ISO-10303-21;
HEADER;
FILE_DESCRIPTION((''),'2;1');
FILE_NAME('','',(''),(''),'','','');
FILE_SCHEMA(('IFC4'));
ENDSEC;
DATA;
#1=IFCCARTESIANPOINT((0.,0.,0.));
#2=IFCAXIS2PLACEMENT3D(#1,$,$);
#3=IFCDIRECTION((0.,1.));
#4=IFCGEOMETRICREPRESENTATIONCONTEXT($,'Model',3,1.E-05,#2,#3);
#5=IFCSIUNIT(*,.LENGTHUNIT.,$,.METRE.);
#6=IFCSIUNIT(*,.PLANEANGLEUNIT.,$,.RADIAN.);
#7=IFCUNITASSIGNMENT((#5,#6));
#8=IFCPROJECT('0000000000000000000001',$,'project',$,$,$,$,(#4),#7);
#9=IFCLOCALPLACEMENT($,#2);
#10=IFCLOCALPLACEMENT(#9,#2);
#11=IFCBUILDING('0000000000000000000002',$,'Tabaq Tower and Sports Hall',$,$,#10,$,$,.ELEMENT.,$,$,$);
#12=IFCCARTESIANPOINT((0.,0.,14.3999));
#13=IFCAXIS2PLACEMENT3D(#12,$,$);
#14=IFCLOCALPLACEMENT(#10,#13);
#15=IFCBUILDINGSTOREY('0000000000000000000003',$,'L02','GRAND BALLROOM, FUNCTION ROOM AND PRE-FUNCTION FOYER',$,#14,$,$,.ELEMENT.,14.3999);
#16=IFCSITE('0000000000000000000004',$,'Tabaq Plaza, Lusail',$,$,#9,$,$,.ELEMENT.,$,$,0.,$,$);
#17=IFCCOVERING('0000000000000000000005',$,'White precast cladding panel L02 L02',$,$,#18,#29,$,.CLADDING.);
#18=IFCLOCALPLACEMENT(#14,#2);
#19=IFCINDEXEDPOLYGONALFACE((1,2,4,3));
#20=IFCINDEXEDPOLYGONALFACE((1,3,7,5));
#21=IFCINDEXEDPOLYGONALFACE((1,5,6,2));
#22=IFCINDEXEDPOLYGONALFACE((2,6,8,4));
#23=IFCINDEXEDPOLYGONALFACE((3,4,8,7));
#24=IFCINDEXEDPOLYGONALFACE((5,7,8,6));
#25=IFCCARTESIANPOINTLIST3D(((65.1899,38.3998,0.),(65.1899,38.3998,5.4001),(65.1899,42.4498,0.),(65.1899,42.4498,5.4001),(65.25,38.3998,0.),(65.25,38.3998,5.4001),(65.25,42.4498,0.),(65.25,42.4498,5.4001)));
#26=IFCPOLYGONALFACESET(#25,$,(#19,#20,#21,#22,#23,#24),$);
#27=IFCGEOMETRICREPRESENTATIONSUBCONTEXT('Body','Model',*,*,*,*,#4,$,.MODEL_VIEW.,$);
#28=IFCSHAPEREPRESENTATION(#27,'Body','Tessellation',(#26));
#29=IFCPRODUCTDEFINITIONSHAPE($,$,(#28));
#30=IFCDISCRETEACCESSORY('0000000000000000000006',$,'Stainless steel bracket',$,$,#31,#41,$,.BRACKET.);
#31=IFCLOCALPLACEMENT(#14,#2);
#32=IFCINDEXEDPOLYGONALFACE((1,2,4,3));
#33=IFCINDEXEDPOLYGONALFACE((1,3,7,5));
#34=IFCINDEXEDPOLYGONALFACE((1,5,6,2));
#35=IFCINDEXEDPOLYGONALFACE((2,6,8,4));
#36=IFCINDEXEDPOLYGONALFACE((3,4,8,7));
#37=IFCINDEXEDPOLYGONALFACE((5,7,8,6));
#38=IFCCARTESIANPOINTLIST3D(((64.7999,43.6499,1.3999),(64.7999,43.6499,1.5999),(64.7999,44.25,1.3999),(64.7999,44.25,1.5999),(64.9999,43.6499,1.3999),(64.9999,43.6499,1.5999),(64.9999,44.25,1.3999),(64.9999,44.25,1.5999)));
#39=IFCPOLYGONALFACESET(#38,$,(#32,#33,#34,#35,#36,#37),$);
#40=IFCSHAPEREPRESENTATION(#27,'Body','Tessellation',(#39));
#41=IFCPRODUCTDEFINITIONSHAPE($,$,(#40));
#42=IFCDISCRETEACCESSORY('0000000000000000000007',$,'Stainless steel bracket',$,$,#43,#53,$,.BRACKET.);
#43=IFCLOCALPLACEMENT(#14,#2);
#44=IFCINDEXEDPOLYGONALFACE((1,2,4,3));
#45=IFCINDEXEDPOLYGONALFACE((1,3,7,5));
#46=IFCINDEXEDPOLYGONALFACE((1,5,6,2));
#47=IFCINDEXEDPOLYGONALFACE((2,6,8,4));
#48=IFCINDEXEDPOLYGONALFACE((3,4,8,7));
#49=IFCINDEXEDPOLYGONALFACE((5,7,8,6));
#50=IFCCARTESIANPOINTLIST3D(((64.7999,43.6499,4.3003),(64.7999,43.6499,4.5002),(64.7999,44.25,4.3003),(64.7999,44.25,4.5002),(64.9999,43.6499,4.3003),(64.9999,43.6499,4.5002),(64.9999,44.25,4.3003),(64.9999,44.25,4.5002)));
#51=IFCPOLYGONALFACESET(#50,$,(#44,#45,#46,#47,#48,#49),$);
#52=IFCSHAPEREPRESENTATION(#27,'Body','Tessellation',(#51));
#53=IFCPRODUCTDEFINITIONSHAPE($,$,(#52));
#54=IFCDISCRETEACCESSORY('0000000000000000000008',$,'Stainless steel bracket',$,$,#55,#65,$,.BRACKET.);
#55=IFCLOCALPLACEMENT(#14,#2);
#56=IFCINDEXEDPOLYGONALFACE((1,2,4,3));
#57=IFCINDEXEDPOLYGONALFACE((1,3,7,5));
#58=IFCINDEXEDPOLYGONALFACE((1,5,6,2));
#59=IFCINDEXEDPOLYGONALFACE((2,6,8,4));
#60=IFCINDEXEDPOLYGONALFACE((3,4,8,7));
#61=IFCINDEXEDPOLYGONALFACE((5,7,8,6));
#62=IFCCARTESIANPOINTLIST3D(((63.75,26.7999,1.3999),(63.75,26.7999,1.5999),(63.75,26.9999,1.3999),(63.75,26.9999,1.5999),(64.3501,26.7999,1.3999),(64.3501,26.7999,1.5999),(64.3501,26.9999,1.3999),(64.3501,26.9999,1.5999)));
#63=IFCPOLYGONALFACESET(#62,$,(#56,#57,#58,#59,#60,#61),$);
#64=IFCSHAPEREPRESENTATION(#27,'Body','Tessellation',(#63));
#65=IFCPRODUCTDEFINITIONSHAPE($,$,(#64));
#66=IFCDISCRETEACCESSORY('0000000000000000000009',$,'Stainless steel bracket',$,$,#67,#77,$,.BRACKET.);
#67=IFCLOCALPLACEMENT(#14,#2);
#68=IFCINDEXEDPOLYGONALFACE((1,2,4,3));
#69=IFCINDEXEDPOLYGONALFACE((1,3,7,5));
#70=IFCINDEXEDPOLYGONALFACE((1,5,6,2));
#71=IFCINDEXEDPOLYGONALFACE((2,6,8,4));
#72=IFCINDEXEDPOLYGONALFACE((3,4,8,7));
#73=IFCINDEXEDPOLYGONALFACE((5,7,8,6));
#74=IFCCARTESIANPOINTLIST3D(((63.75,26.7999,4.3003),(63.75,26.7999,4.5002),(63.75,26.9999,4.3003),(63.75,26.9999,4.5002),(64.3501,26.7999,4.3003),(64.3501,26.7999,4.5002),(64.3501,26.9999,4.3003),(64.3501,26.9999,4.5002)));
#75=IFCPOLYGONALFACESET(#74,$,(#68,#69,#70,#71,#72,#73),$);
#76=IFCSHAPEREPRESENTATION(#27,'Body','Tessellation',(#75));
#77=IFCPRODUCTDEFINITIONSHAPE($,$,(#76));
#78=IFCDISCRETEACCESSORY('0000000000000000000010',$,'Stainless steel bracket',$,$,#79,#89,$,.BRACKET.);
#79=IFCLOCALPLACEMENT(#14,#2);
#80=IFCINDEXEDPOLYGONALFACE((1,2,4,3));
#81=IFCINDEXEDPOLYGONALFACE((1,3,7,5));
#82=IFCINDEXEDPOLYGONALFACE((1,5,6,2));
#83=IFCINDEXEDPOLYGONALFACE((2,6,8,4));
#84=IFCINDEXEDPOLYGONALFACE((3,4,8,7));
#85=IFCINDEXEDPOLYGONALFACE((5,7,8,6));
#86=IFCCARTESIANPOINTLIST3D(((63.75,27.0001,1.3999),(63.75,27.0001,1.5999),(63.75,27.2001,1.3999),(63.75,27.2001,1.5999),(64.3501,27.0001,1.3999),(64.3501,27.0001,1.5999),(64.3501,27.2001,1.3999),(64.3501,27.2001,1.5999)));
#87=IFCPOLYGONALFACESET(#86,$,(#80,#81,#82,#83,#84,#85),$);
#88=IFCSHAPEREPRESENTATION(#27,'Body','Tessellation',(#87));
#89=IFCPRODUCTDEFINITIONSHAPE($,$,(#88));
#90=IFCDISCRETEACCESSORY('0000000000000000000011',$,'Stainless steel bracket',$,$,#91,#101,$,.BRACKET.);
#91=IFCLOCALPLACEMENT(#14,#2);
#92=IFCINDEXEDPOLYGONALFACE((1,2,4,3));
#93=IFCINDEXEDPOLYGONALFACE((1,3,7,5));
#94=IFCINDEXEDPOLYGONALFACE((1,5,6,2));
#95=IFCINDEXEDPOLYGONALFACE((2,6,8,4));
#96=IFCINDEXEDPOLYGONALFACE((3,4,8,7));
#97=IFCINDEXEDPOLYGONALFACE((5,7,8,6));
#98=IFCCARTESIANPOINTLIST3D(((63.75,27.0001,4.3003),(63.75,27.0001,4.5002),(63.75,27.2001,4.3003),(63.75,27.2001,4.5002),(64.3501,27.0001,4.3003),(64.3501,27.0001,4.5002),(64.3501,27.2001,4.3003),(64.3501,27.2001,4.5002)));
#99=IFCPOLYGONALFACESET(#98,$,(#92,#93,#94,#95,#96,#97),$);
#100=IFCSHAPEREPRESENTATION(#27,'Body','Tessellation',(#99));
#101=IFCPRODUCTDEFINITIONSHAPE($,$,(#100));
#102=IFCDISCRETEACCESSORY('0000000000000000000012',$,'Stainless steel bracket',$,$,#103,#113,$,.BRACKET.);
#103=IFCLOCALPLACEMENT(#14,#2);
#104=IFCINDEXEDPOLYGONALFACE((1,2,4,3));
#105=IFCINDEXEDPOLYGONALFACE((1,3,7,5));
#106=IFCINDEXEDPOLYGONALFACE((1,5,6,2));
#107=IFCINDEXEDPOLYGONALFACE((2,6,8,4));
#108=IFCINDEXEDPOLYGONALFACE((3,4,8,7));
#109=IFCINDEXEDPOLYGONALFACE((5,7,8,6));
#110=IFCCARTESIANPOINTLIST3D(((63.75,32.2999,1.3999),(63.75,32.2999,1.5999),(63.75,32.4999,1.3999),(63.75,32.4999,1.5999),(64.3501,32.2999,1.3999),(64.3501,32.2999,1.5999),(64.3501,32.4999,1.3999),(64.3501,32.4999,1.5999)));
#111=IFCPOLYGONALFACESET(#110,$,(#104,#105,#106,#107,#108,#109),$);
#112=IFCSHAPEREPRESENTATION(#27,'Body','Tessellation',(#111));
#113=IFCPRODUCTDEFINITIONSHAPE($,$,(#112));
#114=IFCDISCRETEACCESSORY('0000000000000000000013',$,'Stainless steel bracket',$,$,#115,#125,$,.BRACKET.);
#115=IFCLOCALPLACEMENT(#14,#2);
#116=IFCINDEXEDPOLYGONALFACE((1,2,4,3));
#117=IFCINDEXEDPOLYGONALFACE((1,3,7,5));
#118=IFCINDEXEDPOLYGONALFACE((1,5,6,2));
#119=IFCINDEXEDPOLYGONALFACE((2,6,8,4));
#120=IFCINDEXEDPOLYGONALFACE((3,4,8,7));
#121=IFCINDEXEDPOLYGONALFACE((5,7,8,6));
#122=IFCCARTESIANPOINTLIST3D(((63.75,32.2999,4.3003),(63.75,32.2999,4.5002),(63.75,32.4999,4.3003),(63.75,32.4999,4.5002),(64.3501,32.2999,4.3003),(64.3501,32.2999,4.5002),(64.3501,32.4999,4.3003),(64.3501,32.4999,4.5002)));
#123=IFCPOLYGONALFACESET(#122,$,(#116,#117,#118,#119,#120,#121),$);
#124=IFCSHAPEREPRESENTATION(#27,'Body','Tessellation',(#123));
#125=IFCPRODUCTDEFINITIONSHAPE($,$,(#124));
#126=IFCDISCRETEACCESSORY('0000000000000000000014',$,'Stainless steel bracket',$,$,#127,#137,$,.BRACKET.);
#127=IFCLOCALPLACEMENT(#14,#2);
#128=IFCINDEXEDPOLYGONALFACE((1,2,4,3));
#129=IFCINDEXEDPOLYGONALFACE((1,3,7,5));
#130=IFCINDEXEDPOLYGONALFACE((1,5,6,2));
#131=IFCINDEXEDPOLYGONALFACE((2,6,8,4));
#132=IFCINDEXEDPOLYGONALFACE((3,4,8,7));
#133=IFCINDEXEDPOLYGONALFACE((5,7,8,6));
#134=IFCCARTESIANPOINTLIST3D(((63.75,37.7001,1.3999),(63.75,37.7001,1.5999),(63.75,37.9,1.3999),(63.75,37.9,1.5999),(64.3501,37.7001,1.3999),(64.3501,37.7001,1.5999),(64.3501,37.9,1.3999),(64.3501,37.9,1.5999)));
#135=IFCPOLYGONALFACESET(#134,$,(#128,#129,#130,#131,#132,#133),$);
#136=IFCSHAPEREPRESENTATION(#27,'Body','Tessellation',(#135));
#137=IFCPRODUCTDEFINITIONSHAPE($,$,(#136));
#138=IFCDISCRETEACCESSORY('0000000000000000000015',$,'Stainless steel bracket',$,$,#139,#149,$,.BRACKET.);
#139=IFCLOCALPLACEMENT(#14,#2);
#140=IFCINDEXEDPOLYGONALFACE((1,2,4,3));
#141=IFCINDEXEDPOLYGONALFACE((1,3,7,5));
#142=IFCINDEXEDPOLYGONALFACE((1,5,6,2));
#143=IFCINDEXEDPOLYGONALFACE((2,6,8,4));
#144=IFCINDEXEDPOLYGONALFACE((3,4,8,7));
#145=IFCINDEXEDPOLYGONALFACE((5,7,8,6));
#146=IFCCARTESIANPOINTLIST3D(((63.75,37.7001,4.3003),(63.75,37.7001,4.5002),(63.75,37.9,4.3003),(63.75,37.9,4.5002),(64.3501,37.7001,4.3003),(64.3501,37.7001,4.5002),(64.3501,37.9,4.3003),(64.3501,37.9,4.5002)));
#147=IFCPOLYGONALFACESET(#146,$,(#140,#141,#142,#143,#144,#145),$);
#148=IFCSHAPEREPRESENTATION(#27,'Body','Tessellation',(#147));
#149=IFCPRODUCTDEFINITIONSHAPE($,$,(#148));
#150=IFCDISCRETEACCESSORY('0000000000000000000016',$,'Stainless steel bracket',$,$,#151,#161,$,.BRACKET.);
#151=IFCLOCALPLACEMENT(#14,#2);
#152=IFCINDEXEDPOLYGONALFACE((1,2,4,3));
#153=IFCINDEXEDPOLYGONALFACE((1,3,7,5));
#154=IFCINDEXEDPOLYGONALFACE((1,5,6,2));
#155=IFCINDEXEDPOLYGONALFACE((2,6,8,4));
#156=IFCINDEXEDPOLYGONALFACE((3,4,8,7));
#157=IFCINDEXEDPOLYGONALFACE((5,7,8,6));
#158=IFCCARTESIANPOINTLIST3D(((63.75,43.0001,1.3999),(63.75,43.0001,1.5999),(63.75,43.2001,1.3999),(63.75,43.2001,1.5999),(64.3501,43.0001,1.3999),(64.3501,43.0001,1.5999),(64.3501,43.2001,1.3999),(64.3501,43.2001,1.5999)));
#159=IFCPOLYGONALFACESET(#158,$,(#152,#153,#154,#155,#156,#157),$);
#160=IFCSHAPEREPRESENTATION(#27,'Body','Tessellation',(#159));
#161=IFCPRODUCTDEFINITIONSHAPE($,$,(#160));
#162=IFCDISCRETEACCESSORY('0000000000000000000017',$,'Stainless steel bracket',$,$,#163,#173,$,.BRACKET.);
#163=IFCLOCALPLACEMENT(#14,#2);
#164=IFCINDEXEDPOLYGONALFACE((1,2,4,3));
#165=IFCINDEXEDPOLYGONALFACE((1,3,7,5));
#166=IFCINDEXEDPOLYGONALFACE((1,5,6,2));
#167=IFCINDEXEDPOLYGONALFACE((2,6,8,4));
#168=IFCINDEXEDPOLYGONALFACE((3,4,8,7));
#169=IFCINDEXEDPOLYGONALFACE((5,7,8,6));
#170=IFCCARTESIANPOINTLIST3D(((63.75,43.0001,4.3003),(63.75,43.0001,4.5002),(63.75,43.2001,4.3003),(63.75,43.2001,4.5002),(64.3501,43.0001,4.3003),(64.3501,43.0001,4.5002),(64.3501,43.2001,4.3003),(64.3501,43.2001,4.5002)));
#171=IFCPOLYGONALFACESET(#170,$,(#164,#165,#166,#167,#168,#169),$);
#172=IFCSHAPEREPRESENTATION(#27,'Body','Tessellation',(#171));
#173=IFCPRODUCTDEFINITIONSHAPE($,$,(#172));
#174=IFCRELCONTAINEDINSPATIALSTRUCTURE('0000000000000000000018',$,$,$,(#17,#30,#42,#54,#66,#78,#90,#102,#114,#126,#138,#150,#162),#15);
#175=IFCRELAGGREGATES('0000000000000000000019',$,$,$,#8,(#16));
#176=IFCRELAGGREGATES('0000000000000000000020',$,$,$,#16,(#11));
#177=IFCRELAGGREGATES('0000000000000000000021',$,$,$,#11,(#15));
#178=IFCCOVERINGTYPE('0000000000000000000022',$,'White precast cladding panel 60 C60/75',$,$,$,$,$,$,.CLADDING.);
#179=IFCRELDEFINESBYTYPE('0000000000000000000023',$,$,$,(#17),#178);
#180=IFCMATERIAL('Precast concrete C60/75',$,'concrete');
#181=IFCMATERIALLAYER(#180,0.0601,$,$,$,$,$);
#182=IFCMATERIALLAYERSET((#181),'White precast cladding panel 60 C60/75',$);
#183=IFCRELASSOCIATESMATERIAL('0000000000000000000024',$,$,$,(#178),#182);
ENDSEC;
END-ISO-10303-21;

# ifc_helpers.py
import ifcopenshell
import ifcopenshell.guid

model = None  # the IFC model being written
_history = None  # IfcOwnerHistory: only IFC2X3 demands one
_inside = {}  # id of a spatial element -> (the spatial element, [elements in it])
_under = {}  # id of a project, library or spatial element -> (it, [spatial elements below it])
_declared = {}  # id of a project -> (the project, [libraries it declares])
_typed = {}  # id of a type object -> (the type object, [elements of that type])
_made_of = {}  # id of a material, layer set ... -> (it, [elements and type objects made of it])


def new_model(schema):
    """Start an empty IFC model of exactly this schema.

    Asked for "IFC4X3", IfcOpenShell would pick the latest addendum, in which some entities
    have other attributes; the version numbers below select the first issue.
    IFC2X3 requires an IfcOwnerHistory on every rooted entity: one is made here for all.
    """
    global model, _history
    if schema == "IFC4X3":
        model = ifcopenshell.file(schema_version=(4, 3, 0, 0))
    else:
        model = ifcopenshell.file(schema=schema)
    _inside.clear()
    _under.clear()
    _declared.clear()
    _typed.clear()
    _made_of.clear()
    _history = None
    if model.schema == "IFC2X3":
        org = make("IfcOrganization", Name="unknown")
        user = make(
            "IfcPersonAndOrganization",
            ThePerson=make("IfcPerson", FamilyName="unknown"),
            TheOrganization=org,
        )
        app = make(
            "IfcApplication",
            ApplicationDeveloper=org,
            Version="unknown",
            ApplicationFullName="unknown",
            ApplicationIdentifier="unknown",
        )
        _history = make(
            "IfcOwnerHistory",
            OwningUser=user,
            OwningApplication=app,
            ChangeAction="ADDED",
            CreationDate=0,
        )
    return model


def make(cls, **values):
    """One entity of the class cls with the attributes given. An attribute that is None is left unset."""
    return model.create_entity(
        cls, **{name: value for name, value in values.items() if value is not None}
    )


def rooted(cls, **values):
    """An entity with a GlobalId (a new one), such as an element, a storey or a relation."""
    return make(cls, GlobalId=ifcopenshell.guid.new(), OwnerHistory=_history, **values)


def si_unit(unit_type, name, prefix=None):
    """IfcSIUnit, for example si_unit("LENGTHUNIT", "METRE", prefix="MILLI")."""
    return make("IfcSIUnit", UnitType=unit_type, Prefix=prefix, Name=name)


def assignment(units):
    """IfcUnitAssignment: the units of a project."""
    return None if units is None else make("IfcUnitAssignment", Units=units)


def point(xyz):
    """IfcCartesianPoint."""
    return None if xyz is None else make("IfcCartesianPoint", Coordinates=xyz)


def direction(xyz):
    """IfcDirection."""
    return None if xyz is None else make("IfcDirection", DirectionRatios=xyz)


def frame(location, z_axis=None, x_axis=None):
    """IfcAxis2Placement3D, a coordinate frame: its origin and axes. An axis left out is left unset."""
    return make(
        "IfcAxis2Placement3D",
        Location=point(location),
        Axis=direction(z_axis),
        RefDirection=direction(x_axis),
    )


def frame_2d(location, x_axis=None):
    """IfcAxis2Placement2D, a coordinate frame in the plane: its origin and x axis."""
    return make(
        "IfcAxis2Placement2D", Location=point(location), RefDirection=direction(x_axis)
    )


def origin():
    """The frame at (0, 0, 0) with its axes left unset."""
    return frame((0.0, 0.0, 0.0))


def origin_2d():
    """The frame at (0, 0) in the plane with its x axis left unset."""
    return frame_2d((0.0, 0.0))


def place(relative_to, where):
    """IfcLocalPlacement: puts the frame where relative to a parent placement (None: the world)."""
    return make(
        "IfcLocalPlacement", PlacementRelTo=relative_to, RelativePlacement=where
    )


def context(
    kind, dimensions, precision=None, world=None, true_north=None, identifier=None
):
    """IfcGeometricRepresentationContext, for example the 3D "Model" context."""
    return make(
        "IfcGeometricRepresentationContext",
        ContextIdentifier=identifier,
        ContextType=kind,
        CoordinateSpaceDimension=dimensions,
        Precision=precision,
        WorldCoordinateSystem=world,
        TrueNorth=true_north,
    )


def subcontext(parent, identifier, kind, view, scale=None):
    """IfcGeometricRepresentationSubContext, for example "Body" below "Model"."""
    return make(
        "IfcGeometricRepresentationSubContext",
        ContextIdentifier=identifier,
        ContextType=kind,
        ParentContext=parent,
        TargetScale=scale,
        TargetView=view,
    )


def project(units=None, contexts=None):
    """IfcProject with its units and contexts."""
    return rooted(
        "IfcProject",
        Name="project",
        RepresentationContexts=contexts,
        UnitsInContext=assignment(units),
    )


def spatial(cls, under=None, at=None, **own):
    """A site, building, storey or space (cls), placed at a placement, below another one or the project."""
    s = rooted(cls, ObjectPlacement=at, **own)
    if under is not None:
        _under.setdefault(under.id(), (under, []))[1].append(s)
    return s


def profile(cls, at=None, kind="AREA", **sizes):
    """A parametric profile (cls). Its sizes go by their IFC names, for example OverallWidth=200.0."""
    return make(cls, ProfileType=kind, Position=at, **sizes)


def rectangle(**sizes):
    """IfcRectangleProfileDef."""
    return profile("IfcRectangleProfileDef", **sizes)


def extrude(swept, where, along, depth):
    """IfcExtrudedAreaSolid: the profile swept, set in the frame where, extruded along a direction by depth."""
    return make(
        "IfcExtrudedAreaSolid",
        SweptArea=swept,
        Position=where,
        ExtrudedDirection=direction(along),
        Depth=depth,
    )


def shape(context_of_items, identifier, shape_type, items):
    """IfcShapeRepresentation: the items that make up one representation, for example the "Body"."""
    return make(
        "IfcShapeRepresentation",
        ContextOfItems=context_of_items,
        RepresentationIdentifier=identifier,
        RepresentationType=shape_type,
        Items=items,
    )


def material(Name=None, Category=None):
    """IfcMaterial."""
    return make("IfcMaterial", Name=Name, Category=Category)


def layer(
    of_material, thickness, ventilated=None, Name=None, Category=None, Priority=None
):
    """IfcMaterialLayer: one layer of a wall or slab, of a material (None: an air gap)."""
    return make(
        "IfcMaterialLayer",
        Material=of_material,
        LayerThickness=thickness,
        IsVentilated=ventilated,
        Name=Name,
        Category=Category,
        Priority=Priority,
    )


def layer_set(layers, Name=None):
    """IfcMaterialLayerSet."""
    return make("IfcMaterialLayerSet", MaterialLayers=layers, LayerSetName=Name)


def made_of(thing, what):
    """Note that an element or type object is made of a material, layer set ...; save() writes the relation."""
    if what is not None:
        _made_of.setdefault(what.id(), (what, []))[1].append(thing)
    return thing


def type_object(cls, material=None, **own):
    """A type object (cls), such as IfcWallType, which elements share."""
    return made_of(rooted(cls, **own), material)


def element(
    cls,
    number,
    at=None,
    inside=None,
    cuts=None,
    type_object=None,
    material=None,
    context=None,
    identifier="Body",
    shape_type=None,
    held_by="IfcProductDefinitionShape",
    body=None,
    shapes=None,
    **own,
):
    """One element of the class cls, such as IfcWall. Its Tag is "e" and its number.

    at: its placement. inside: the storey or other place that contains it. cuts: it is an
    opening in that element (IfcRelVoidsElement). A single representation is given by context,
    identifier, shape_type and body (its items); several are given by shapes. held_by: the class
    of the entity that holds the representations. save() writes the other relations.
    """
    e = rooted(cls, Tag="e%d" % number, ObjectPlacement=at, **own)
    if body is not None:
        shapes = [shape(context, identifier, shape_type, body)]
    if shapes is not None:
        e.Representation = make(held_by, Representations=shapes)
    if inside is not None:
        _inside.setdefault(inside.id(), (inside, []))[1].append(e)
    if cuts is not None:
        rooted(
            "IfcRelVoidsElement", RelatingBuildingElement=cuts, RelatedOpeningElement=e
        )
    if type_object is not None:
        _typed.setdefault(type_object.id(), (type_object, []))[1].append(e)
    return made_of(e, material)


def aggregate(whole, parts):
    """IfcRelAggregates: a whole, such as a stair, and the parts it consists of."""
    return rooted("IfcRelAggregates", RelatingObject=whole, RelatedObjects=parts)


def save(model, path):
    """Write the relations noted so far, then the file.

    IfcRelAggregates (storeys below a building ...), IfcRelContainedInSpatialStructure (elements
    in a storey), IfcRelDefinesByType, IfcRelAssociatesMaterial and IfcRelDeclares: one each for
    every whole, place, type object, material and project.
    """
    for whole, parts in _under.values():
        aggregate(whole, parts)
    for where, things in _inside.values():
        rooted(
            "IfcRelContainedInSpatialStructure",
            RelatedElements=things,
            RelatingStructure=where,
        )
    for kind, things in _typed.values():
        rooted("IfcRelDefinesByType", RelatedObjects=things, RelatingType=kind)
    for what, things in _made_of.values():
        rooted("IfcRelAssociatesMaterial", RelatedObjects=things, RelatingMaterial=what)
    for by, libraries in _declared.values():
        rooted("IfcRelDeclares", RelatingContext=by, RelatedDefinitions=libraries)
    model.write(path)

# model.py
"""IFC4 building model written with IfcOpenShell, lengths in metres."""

from ifc_helpers import new_model, si_unit, direction, frame, frame_2d, origin, origin_2d, place, context, subcontext, project, spatial, rectangle, extrude, material, layer, layer_set, type_object, element, save


model = new_model("IFC4")

# Units and contexts
model_context = context("Model", 3, precision=1e-05, world=origin(), true_north=direction((0.0, 1.0)))
body_context = subcontext(model_context, "Body", "Model", "MODEL_VIEW")
ifc_project = project(units=[si_unit("LENGTHUNIT", "METRE"), si_unit("PLANEANGLEUNIT", "RADIAN")], contexts=[model_context])

# Site, building, storey
site_placement = place(None, origin())
site = spatial("IfcSite", under=ifc_project, at=site_placement, Name="Tabaq Plaza, Lusail", CompositionType="ELEMENT", RefElevation=0.0)
building_placement = place(site_placement, origin())
building = spatial("IfcBuilding", under=site, at=building_placement, Name="Tabaq Tower and Sports Hall", CompositionType="ELEMENT")
storey_placement = place(building_placement, frame((0.0, 0.0, 14.3999)))
storey = spatial("IfcBuildingStorey", under=building, at=storey_placement, Name="L02", Description="GRAND BALLROOM, FUNCTION ROOM AND PRE-FUNCTION FOYER", CompositionType="ELEMENT", Elevation=14.3999)

# Covering
ifc_material_1 = material(Name="Precast concrete C60/75", Category="concrete")
ifc_layer_1 = layer(ifc_material_1, 0.0601)
ifc_layer_set_1 = layer_set([ifc_layer_1], Name="White precast cladding panel 60 C60/75")
covering_type = type_object("IfcCoveringType", Name="White precast cladding panel 60 C60/75", PredefinedType="CLADDING", material=ifc_layer_set_1)
covering_1_placement = place(storey_placement, frame((65.22, 38.3999, 0.0), z_axis=(0.0, 0.0, 1.0), x_axis=(0.0, 1.0, 0.0)))
element("IfcCovering", 1, at=covering_1_placement, inside=storey, type_object=covering_type, Name="White precast cladding panel L02 L02", PredefinedType="CLADDING", context=body_context, shape_type="SweptSolid", body=[
    extrude(rectangle(XDim=4.05, YDim=0.0601, at=frame_2d((2.0249, 0.0))), origin(), (0.0, 0.0, 1.0), 5.4001),
])

# Discrete accessories
for number, where, z_axis, x_axis, name in (
    (2, (64.8999, 43.95, 1.3999), (0.0, 0.0, 1.0), (1.0, 0.0, 0.0), "Stainless steel bracket"),
    (3, (64.8999, 43.95, 4.3003), (0.0, 0.0, 1.0), (1.0, 0.0, 0.0), "Stainless steel bracket"),
    (4, (64.05, 26.8999, 1.3999), (0.0, 0.0, 1.0), (0.0, 1.0, 0.0), "Stainless steel bracket"),
    (5, (64.05, 26.8999, 4.3003), (0.0, 0.0, 1.0), (0.0, 1.0, 0.0), "Stainless steel bracket"),
    (6, (64.05, 27.1001, 1.3999), (0.0, 0.0, 1.0), (0.0, 1.0, 0.0), "Stainless steel bracket"),
    (7, (64.05, 27.1001, 4.3003), (0.0, 0.0, 1.0), (0.0, 1.0, 0.0), "Stainless steel bracket"),
    (8, (64.05, 32.3999, 1.3999), (0.0, 0.0, 1.0), (0.0, 1.0, 0.0), "Stainless steel bracket"),
    (9, (64.05, 32.3999, 4.3003), (0.0, 0.0, 1.0), (0.0, 1.0, 0.0), "Stainless steel bracket"),
    (10, (64.05, 37.8, 1.3999), (0.0, 0.0, 1.0), (0.0, 1.0, 0.0), "Stainless steel bracket"),
    (11, (64.05, 37.8, 4.3003), (0.0, 0.0, 1.0), (0.0, 1.0, 0.0), "Stainless steel bracket"),
    (12, (64.05, 43.1001, 1.3999), (0.0, 0.0, 1.0), (0.0, 1.0, 0.0), "Stainless steel bracket"),
    (13, (64.05, 43.1001, 4.3003), (0.0, 0.0, 1.0), (0.0, 1.0, 0.0), "Stainless steel bracket"),
):
    element("IfcDiscreteAccessory", number, at=place(storey_placement, frame(where, z_axis=z_axis, x_axis=x_axis)), inside=storey, Name=name, PredefinedType="BRACKET", context=body_context, shape_type="SweptSolid", body=[
        extrude(rectangle(XDim=0.2, YDim=0.6001, at=origin_2d()), origin(), (0.0, 0.0, 1.0), 0.2),
    ])

save(model, "model.ifc")
